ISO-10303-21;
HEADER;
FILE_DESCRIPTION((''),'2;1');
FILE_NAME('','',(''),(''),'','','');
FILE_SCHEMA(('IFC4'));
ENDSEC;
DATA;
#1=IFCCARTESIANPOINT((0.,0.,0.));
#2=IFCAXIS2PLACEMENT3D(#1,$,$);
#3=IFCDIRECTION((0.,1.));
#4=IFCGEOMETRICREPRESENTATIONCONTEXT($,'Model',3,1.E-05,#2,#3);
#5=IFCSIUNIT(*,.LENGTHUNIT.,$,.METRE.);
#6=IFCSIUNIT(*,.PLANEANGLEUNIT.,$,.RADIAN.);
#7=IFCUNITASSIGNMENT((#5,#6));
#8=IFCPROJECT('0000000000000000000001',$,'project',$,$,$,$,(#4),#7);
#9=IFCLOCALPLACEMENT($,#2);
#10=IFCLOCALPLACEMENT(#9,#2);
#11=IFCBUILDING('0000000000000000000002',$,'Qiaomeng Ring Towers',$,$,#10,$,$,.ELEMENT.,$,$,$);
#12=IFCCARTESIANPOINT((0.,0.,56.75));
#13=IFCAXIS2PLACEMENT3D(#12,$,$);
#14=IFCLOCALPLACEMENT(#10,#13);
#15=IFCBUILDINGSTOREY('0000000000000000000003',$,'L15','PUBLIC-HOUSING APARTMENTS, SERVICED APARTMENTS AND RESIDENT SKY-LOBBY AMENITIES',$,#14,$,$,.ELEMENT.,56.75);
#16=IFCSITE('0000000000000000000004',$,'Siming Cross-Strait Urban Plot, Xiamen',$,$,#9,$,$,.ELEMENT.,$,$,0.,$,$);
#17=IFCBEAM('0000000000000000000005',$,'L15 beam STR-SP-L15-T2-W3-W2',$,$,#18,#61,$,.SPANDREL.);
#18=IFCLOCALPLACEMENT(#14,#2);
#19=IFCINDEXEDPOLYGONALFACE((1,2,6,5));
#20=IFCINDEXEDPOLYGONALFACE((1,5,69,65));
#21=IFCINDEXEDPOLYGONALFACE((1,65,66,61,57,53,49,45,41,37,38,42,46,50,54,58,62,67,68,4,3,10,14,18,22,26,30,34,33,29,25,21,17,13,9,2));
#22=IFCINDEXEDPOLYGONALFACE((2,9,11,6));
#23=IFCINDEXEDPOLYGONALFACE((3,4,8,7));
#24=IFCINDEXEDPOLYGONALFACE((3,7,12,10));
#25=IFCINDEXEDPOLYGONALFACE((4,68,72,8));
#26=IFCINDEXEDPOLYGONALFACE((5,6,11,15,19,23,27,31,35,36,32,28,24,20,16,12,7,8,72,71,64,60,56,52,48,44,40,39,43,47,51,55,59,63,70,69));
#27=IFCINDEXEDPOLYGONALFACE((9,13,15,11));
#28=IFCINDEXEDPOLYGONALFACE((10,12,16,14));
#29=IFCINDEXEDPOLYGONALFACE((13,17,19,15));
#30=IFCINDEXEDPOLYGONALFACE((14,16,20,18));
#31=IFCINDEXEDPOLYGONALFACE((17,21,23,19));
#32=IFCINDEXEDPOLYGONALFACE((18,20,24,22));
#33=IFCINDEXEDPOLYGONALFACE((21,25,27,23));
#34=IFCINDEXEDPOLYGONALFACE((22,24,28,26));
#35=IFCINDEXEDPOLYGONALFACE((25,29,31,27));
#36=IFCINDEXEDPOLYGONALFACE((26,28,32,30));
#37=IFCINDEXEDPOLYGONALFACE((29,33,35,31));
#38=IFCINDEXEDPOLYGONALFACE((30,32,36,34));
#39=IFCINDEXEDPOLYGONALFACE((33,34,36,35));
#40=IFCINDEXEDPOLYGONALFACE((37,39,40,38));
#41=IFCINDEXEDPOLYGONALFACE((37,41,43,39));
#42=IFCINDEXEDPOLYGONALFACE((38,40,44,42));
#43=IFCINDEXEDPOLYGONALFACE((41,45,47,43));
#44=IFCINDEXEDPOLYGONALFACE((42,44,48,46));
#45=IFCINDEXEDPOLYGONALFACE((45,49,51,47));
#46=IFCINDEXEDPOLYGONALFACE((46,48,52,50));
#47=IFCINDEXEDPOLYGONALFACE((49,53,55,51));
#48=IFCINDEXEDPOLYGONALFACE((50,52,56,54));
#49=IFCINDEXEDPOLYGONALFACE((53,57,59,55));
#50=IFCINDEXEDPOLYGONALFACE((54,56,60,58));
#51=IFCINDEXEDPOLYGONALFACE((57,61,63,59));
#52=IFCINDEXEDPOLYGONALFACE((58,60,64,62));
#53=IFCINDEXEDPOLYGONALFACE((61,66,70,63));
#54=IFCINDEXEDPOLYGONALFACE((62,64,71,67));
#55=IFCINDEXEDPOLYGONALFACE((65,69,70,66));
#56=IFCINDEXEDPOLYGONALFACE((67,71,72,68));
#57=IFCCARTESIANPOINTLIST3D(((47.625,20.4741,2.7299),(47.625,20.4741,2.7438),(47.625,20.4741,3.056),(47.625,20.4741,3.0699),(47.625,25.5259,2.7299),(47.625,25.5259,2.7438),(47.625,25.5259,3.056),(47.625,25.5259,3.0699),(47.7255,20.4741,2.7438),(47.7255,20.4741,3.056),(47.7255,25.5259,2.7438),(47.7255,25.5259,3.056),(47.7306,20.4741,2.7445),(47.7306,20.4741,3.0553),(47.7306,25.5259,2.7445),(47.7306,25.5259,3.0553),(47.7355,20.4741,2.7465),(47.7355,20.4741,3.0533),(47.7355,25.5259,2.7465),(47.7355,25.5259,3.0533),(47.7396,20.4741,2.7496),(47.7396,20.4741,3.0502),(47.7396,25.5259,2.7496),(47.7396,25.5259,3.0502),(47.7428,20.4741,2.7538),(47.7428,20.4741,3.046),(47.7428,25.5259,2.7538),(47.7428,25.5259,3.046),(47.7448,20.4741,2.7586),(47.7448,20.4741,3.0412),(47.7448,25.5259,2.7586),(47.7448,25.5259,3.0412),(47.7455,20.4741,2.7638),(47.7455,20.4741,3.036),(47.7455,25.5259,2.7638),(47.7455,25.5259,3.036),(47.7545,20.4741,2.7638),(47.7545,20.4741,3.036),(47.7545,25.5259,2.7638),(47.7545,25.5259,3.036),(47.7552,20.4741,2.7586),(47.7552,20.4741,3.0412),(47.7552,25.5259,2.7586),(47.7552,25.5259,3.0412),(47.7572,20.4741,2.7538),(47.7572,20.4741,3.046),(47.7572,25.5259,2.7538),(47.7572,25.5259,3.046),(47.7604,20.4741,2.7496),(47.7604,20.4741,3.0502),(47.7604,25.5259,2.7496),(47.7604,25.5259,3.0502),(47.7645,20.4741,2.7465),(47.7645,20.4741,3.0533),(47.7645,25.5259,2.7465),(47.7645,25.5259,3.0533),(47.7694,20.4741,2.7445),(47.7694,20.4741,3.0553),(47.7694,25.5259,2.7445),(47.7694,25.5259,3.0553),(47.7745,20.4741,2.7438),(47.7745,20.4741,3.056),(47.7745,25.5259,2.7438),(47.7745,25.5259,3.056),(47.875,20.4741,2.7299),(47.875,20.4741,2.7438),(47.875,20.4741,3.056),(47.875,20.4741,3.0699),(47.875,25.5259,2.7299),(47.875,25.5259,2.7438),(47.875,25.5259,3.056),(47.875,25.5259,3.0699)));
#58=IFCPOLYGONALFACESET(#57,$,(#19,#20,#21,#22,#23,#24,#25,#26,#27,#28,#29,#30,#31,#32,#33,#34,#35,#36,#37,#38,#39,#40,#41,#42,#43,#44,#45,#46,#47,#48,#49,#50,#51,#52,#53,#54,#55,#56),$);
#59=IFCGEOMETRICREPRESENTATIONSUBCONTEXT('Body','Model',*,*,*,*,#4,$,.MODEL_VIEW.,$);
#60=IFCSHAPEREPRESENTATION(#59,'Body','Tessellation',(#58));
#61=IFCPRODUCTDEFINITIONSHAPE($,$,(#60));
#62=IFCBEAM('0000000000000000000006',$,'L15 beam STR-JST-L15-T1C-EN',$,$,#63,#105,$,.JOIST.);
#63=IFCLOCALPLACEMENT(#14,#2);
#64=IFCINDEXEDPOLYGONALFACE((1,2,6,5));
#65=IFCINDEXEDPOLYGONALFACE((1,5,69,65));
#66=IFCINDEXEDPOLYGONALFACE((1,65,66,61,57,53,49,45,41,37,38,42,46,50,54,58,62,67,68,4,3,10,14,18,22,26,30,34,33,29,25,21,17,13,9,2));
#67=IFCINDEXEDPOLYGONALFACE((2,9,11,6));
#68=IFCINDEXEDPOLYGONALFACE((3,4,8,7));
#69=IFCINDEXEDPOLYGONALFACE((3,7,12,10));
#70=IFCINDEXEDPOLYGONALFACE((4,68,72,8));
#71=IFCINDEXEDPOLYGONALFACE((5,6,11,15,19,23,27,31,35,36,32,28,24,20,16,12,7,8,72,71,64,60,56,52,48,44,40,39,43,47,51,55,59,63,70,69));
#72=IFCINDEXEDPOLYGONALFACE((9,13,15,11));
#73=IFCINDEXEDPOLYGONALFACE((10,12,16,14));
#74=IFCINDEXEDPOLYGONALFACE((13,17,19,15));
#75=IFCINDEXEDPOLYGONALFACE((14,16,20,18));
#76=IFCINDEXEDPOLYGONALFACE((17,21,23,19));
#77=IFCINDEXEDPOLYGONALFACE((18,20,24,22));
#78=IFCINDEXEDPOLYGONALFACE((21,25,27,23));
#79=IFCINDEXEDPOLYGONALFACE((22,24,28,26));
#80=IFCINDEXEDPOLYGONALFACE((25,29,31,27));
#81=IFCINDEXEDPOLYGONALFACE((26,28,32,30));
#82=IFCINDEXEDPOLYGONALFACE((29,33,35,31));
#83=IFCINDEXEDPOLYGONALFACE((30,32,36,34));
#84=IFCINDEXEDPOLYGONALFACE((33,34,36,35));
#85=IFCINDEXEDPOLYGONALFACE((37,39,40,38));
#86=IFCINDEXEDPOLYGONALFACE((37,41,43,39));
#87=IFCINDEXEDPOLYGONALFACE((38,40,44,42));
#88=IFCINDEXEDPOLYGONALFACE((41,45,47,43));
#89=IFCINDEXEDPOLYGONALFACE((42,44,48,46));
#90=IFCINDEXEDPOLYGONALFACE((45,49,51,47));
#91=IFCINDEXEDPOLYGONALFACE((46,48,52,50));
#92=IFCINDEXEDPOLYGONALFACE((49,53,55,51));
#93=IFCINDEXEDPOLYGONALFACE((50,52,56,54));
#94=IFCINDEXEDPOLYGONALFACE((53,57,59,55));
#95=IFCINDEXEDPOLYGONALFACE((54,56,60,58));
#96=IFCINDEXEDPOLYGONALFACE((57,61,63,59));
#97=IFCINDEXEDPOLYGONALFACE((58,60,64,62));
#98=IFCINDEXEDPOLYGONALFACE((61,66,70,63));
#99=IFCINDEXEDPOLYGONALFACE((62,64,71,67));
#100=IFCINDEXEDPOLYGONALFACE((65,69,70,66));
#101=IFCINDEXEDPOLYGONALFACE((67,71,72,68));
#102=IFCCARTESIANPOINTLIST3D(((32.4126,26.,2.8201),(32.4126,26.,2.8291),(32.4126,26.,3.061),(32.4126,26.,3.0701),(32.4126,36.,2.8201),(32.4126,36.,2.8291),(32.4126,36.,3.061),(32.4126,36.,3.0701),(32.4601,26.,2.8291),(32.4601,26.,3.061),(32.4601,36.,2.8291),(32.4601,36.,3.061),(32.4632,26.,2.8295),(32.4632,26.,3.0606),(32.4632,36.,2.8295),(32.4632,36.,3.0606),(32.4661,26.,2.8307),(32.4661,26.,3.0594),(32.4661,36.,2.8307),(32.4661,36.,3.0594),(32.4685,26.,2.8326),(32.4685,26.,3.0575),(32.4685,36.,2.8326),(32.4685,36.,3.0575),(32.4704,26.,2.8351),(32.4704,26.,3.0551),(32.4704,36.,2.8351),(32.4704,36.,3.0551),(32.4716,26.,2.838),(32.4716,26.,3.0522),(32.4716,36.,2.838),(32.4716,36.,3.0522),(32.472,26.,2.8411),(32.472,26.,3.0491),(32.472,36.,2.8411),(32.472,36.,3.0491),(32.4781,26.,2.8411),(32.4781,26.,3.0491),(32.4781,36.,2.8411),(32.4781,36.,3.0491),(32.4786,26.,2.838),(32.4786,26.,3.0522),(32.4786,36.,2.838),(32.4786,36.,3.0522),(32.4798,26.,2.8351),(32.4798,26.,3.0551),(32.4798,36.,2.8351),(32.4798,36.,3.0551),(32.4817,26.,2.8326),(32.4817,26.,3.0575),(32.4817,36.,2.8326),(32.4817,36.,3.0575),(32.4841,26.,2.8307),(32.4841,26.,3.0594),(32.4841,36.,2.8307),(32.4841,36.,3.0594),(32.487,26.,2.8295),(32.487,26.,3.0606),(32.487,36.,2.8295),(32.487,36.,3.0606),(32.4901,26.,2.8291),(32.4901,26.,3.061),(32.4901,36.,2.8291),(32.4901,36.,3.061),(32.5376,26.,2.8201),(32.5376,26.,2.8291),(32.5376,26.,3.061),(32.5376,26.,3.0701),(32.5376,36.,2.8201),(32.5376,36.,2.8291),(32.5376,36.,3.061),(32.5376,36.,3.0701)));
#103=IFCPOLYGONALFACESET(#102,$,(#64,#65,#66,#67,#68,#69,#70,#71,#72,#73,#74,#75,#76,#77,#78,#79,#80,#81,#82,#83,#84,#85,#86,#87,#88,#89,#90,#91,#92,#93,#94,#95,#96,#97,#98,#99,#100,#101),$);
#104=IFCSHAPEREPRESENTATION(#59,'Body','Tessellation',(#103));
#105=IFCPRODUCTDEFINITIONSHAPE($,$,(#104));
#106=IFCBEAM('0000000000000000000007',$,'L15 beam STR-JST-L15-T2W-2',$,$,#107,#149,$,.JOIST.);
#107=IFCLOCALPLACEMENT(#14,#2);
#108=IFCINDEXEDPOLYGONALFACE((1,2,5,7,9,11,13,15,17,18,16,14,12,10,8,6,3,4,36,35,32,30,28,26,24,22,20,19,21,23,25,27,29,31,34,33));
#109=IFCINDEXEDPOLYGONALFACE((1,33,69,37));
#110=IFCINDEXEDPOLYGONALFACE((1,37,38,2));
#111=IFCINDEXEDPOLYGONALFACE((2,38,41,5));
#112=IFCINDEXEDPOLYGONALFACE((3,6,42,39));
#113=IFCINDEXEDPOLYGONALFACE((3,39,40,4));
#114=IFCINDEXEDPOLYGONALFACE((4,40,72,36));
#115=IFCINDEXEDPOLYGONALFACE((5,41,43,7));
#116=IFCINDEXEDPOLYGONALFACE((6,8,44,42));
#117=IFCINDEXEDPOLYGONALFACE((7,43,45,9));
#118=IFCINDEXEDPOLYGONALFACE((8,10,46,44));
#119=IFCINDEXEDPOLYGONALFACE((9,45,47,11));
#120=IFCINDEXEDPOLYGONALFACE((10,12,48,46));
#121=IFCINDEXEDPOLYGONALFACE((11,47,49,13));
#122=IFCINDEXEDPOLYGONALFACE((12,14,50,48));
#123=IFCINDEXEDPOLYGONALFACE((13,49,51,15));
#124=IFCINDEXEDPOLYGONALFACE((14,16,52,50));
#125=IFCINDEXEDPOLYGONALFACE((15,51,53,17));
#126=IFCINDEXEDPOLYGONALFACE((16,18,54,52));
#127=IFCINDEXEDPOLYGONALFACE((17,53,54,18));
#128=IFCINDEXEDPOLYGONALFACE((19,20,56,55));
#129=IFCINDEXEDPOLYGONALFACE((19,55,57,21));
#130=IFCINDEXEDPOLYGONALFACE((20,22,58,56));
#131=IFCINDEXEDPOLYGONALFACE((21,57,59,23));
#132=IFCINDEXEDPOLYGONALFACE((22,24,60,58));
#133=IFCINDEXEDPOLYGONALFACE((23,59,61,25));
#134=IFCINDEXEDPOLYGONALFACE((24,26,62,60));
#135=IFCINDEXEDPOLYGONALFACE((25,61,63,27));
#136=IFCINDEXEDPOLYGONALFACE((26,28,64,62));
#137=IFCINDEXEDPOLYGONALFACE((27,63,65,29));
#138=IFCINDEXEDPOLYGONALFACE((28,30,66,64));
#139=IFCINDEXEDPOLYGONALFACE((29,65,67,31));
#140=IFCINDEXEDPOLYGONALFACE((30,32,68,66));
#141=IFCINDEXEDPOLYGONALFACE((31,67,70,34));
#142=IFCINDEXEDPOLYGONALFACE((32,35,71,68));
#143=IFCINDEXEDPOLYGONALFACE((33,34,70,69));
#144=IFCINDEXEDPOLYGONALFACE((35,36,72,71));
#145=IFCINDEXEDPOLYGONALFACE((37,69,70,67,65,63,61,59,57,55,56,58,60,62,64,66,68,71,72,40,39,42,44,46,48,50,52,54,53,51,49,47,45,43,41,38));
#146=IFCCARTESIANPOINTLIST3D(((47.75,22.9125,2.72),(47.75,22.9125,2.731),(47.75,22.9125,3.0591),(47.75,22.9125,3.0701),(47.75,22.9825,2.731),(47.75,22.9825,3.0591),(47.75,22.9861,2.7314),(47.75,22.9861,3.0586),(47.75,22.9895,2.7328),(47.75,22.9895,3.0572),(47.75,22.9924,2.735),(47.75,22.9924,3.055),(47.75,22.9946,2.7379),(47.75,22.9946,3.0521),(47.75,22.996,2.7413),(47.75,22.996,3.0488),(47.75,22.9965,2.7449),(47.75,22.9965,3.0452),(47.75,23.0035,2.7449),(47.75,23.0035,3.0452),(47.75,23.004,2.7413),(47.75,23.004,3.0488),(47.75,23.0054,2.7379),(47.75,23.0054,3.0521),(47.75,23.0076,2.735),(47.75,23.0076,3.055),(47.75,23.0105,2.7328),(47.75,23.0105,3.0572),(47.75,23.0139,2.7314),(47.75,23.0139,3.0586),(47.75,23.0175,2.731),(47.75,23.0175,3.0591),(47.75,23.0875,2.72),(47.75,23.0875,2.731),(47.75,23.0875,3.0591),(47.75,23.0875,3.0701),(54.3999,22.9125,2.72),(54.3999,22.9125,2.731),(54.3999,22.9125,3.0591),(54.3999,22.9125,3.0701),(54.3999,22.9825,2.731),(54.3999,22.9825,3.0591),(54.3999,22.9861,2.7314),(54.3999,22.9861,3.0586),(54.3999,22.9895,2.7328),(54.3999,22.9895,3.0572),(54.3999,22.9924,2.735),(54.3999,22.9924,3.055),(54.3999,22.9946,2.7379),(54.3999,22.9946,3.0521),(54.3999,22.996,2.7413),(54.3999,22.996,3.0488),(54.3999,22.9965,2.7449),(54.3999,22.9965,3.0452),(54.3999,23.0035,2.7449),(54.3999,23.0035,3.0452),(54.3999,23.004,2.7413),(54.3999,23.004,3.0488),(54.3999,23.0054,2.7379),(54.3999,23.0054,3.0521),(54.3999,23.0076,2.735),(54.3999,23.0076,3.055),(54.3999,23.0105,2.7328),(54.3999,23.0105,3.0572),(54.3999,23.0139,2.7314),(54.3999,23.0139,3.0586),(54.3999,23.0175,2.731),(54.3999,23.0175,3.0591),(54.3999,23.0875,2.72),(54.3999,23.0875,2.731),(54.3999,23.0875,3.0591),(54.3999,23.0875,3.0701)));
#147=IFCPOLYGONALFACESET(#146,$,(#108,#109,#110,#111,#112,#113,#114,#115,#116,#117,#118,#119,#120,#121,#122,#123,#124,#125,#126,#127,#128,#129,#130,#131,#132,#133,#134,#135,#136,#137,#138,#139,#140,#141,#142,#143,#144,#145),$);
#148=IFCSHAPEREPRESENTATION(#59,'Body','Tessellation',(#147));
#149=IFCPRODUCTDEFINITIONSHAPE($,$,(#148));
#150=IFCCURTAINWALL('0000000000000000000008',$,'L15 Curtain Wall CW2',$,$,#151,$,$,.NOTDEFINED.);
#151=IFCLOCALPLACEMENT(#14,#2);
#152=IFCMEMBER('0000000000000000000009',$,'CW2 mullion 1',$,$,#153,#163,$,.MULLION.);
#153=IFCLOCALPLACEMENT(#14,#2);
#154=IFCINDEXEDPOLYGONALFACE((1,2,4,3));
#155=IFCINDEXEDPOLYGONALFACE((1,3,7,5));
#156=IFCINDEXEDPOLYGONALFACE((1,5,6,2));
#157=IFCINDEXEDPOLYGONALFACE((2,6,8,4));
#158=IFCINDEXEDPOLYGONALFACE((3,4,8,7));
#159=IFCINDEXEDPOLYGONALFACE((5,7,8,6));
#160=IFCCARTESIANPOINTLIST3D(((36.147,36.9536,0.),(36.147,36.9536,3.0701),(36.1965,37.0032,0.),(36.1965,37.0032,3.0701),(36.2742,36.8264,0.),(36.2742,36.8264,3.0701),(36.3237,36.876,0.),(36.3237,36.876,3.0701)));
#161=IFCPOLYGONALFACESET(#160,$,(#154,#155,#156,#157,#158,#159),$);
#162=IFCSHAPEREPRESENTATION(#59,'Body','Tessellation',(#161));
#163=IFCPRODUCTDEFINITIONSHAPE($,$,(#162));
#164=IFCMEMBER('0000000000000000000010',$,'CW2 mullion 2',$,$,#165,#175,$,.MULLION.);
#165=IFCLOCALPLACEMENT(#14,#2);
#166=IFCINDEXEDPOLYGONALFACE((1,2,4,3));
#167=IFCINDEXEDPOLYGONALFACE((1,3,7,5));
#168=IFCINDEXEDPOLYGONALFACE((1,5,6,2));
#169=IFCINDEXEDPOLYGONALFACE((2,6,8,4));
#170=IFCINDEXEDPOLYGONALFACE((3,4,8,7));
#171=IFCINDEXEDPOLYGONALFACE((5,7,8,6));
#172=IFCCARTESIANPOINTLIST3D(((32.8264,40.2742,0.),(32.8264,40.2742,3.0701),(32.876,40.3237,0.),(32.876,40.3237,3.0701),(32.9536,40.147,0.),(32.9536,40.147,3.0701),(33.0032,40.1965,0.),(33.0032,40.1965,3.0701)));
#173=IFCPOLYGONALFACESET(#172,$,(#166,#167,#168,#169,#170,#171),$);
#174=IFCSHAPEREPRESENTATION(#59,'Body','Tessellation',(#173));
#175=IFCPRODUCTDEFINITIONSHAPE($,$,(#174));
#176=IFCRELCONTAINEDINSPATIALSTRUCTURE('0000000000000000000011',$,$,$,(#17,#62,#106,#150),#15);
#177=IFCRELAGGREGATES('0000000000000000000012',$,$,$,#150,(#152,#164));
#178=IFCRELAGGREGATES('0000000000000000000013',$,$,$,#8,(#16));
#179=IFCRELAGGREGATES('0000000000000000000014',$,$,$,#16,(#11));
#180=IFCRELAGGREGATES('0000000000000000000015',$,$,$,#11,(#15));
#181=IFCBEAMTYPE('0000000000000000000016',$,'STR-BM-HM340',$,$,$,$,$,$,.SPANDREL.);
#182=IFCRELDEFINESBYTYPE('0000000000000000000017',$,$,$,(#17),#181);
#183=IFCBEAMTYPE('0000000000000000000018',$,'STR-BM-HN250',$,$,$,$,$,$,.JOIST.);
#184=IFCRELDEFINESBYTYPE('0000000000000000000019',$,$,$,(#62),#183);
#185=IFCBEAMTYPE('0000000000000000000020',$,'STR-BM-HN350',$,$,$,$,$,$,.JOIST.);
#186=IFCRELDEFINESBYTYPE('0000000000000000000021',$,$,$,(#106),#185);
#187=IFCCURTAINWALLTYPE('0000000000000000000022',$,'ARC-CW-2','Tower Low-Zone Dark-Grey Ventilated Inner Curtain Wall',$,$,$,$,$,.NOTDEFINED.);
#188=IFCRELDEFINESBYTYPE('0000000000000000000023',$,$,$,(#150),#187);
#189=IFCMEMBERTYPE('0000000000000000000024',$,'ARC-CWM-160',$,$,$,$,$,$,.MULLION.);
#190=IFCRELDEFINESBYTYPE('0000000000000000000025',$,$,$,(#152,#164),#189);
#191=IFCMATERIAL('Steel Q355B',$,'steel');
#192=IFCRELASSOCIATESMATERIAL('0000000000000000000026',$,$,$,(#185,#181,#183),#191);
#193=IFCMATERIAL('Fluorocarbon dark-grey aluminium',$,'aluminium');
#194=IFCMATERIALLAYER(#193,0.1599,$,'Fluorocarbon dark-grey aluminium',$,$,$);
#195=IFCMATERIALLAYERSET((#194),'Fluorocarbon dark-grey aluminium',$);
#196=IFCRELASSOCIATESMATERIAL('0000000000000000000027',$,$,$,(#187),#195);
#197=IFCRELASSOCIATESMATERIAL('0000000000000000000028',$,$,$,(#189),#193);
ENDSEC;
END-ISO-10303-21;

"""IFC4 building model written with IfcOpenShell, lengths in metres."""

from ifc_helpers import new_model, si_unit, direction, frame, origin, origin_2d, place, context, subcontext, project, spatial, rectangle, i_section, extrude, source, transform, mapped, material, layer, layer_set, material_profile, profile_set, type_object, element, aggregate, save


model = new_model("IFC4")

# Units and contexts
model_context = context("Model", 3, precision=1e-05, world=origin(), true_north=direction((0.0, 1.0)))
body_context = subcontext(model_context, "Body", "Model", "MODEL_VIEW")
ifc_project = project(units=[si_unit("LENGTHUNIT", "METRE"), si_unit("PLANEANGLEUNIT", "RADIAN")], contexts=[model_context])

# Site, building, storey
site_placement = place(None, origin())
site = spatial("IfcSite", under=ifc_project, at=site_placement, Name="Siming Cross-Strait Urban Plot, Xiamen", CompositionType="ELEMENT", RefElevation=0.0)
building_placement = place(site_placement, origin())
building = spatial("IfcBuilding", under=site, at=building_placement, Name="Qiaomeng Ring Towers", CompositionType="ELEMENT")
storey_placement = place(building_placement, frame((0.0, 0.0, 56.75)))
storey = spatial("IfcBuildingStorey", under=building, at=storey_placement, Name="L15", Description="PUBLIC-HOUSING APARTMENTS, SERVICED APARTMENTS AND RESIDENT SKY-LOBBY AMENITIES", CompositionType="ELEMENT", Elevation=56.75)

# Beams
ifc_material_1 = material(Name="Steel Q355B", Category="steel")
ifc_material_profile_1 = material_profile(ifc_material_1, i_section(OverallWidth=0.175, OverallDepth=0.3501, WebThickness=0.0071, FlangeThickness=0.011, FilletRadius=0.0139, at=origin_2d()), Name="HN 350x175x7x11")
ifc_profile_set_1 = profile_set([ifc_material_profile_1], Name="Steel Q355B")
beam_type_1 = type_object("IfcBeamType", Name="STR-BM-HN350", PredefinedType="JOIST", material=ifc_profile_set_1)
ifc_material_profile_2 = material_profile(ifc_material_1, i_section(OverallWidth=0.25, OverallDepth=0.3401, WebThickness=0.009, FlangeThickness=0.0139, FilletRadius=0.02, at=origin_2d()), Name="HM 340x250x9x14")
ifc_profile_set_2 = profile_set([ifc_material_profile_2], Name="Steel Q355B")
beam_type_2 = type_object("IfcBeamType", Name="STR-BM-HM340", PredefinedType="SPANDREL", material=ifc_profile_set_2)
shared_shape_1 = source(origin(), body_context, "Body", "SweptSolid", [
    extrude(i_section(OverallWidth=0.25, OverallDepth=0.3401, WebThickness=0.009, FlangeThickness=0.0139, FilletRadius=0.02, at=origin_2d()), origin(), (0.0, 0.0, 1.0), 5.0518),
])
beam_1_placement = place(storey_placement, frame((47.75, 25.5259, 2.8999), z_axis=(0.0, -1.0, 0.0), x_axis=(1.0, 0.0, 0.0)))
element("IfcBeam", 1, at=beam_1_placement, inside=storey, type_object=beam_type_2, Name="L15 beam STR-SP-L15-T2-W3-W2", PredefinedType="SPANDREL", context=body_context, shape_type="MappedRepresentation", body=[
    mapped(shared_shape_1, transform((0.0, 0.0, 0.0), x_axis=(1.0, 0.0, 0.0), y_axis=(0.0, 1.0, 0.0), z_axis=(0.0, 0.0, 1.0), scale=1.0)),
])
ifc_material_profile_3 = material_profile(ifc_material_1, i_section(OverallWidth=0.125, OverallDepth=0.25, WebThickness=0.0061, FlangeThickness=0.009, FilletRadius=0.012, at=origin_2d()), Name="HN 250x125x6x9")
ifc_profile_set_3 = profile_set([ifc_material_profile_3], Name="Steel Q355B")
beam_type_3 = type_object("IfcBeamType", Name="STR-BM-HN250", PredefinedType="JOIST", material=ifc_profile_set_3)
shared_shape_2 = source(origin(), body_context, "Body", "SweptSolid", [
    extrude(i_section(OverallWidth=0.125, OverallDepth=0.25, WebThickness=0.0061, FlangeThickness=0.009, FilletRadius=0.012, at=origin_2d()), origin(), (0.0, 0.0, 1.0), 10.0),
])
beam_2_placement = place(storey_placement, frame((32.4751, 26.0, 2.9451), z_axis=(0.0, 1.0, 0.0), x_axis=(-1.0, 0.0, 0.0)))
element("IfcBeam", 2, at=beam_2_placement, inside=storey, type_object=beam_type_3, Name="L15 beam STR-JST-L15-T1C-EN", PredefinedType="JOIST", context=body_context, shape_type="MappedRepresentation", body=[
    mapped(shared_shape_2, transform((0.0, 0.0, 0.0), x_axis=(1.0, 0.0, 0.0), y_axis=(0.0, 1.0, 0.0), z_axis=(0.0, 0.0, 1.0), scale=1.0)),
])
shared_shape_3 = source(origin(), body_context, "Body", "SweptSolid", [
    extrude(i_section(OverallWidth=0.175, OverallDepth=0.3501, WebThickness=0.0071, FlangeThickness=0.011, FilletRadius=0.0139, at=origin_2d()), origin(), (0.0, 0.0, 1.0), 6.6499),
])
beam_3_placement = place(storey_placement, frame((47.75, 23.0, 2.895), z_axis=(1.0, 0.0, 0.0), x_axis=(0.0, 1.0, 0.0)))
element("IfcBeam", 3, at=beam_3_placement, inside=storey, type_object=beam_type_1, Name="L15 beam STR-JST-L15-T2W-2", PredefinedType="JOIST", context=body_context, shape_type="MappedRepresentation", body=[
    mapped(shared_shape_3, transform((0.0, 0.0, 0.0), x_axis=(1.0, 0.0, 0.0), y_axis=(0.0, 1.0, 0.0), z_axis=(0.0, 0.0, 1.0), scale=1.0)),
])

# Curtain wall, members
ifc_material_2 = material(Name="Fluorocarbon dark-grey aluminium", Category="aluminium")
ifc_layer_1 = layer(ifc_material_2, 0.1599, Name="Fluorocarbon dark-grey aluminium")
ifc_layer_set_1 = layer_set([ifc_layer_1], Name="Fluorocarbon dark-grey aluminium")
curtain_wall_type = type_object("IfcCurtainWallType", Name="ARC-CW-2", Description="Tower Low-Zone Dark-Grey Ventilated Inner Curtain Wall", PredefinedType="NOTDEFINED", material=ifc_layer_set_1)
curtain_wall_placement = place(storey_placement, origin())
curtain_wall = element("IfcCurtainWall", 4, at=curtain_wall_placement, inside=storey, type_object=curtain_wall_type, Name="L15 Curtain Wall CW2", PredefinedType="NOTDEFINED")
ifc_material_profile_4 = material_profile(ifc_material_2, rectangle(XDim=0.0701, YDim=0.1799, at=origin_2d()), Name="ALU MULL 70x180")
ifc_profile_set_4 = profile_set([ifc_material_profile_4], Name="Fluorocarbon dark-grey aluminium")
member_type_1 = type_object("IfcMemberType", Name="ARC-CWM-160", PredefinedType="MULLION", material=ifc_profile_set_4)
shared_shape_4 = source(origin(), body_context, "Body", "SweptSolid", [
    extrude(rectangle(XDim=0.0701, YDim=0.1799, at=origin_2d()), origin(), (0.0, 0.0, 1.0), 3.0701),
])
member_1_placement = place(storey_placement, frame((36.2354, 36.9148, 0.0), z_axis=(0.0, 0.0, 1.0), x_axis=(-0.707107, -0.707107, 0.0)))
member_1 = element("IfcMember", 5, at=member_1_placement, type_object=member_type_1, Name="CW2 mullion 1", PredefinedType="MULLION", context=body_context, shape_type="MappedRepresentation", body=[
    mapped(shared_shape_4, transform((0.0, 0.0, 0.0), x_axis=(1.0, 0.0, 0.0), y_axis=(0.0, 1.0, 0.0), z_axis=(0.0, 0.0, 1.0), scale=1.0)),
])
member_2_placement = place(storey_placement, frame((32.9148, 40.2354, 0.0), z_axis=(0.0, 0.0, 1.0), x_axis=(-0.707107, -0.707107, 0.0)))
member_2 = element("IfcMember", 6, at=member_2_placement, type_object=member_type_1, Name="CW2 mullion 2", PredefinedType="MULLION", context=body_context, shape_type="MappedRepresentation", body=[
    mapped(shared_shape_4, transform((0.0, 0.0, 0.0), x_axis=(1.0, 0.0, 0.0), y_axis=(0.0, 1.0, 0.0), z_axis=(0.0, 0.0, 1.0), scale=1.0)),
])
aggregate(curtain_wall, [member_1, member_2])

save(model, "model.ifc")
